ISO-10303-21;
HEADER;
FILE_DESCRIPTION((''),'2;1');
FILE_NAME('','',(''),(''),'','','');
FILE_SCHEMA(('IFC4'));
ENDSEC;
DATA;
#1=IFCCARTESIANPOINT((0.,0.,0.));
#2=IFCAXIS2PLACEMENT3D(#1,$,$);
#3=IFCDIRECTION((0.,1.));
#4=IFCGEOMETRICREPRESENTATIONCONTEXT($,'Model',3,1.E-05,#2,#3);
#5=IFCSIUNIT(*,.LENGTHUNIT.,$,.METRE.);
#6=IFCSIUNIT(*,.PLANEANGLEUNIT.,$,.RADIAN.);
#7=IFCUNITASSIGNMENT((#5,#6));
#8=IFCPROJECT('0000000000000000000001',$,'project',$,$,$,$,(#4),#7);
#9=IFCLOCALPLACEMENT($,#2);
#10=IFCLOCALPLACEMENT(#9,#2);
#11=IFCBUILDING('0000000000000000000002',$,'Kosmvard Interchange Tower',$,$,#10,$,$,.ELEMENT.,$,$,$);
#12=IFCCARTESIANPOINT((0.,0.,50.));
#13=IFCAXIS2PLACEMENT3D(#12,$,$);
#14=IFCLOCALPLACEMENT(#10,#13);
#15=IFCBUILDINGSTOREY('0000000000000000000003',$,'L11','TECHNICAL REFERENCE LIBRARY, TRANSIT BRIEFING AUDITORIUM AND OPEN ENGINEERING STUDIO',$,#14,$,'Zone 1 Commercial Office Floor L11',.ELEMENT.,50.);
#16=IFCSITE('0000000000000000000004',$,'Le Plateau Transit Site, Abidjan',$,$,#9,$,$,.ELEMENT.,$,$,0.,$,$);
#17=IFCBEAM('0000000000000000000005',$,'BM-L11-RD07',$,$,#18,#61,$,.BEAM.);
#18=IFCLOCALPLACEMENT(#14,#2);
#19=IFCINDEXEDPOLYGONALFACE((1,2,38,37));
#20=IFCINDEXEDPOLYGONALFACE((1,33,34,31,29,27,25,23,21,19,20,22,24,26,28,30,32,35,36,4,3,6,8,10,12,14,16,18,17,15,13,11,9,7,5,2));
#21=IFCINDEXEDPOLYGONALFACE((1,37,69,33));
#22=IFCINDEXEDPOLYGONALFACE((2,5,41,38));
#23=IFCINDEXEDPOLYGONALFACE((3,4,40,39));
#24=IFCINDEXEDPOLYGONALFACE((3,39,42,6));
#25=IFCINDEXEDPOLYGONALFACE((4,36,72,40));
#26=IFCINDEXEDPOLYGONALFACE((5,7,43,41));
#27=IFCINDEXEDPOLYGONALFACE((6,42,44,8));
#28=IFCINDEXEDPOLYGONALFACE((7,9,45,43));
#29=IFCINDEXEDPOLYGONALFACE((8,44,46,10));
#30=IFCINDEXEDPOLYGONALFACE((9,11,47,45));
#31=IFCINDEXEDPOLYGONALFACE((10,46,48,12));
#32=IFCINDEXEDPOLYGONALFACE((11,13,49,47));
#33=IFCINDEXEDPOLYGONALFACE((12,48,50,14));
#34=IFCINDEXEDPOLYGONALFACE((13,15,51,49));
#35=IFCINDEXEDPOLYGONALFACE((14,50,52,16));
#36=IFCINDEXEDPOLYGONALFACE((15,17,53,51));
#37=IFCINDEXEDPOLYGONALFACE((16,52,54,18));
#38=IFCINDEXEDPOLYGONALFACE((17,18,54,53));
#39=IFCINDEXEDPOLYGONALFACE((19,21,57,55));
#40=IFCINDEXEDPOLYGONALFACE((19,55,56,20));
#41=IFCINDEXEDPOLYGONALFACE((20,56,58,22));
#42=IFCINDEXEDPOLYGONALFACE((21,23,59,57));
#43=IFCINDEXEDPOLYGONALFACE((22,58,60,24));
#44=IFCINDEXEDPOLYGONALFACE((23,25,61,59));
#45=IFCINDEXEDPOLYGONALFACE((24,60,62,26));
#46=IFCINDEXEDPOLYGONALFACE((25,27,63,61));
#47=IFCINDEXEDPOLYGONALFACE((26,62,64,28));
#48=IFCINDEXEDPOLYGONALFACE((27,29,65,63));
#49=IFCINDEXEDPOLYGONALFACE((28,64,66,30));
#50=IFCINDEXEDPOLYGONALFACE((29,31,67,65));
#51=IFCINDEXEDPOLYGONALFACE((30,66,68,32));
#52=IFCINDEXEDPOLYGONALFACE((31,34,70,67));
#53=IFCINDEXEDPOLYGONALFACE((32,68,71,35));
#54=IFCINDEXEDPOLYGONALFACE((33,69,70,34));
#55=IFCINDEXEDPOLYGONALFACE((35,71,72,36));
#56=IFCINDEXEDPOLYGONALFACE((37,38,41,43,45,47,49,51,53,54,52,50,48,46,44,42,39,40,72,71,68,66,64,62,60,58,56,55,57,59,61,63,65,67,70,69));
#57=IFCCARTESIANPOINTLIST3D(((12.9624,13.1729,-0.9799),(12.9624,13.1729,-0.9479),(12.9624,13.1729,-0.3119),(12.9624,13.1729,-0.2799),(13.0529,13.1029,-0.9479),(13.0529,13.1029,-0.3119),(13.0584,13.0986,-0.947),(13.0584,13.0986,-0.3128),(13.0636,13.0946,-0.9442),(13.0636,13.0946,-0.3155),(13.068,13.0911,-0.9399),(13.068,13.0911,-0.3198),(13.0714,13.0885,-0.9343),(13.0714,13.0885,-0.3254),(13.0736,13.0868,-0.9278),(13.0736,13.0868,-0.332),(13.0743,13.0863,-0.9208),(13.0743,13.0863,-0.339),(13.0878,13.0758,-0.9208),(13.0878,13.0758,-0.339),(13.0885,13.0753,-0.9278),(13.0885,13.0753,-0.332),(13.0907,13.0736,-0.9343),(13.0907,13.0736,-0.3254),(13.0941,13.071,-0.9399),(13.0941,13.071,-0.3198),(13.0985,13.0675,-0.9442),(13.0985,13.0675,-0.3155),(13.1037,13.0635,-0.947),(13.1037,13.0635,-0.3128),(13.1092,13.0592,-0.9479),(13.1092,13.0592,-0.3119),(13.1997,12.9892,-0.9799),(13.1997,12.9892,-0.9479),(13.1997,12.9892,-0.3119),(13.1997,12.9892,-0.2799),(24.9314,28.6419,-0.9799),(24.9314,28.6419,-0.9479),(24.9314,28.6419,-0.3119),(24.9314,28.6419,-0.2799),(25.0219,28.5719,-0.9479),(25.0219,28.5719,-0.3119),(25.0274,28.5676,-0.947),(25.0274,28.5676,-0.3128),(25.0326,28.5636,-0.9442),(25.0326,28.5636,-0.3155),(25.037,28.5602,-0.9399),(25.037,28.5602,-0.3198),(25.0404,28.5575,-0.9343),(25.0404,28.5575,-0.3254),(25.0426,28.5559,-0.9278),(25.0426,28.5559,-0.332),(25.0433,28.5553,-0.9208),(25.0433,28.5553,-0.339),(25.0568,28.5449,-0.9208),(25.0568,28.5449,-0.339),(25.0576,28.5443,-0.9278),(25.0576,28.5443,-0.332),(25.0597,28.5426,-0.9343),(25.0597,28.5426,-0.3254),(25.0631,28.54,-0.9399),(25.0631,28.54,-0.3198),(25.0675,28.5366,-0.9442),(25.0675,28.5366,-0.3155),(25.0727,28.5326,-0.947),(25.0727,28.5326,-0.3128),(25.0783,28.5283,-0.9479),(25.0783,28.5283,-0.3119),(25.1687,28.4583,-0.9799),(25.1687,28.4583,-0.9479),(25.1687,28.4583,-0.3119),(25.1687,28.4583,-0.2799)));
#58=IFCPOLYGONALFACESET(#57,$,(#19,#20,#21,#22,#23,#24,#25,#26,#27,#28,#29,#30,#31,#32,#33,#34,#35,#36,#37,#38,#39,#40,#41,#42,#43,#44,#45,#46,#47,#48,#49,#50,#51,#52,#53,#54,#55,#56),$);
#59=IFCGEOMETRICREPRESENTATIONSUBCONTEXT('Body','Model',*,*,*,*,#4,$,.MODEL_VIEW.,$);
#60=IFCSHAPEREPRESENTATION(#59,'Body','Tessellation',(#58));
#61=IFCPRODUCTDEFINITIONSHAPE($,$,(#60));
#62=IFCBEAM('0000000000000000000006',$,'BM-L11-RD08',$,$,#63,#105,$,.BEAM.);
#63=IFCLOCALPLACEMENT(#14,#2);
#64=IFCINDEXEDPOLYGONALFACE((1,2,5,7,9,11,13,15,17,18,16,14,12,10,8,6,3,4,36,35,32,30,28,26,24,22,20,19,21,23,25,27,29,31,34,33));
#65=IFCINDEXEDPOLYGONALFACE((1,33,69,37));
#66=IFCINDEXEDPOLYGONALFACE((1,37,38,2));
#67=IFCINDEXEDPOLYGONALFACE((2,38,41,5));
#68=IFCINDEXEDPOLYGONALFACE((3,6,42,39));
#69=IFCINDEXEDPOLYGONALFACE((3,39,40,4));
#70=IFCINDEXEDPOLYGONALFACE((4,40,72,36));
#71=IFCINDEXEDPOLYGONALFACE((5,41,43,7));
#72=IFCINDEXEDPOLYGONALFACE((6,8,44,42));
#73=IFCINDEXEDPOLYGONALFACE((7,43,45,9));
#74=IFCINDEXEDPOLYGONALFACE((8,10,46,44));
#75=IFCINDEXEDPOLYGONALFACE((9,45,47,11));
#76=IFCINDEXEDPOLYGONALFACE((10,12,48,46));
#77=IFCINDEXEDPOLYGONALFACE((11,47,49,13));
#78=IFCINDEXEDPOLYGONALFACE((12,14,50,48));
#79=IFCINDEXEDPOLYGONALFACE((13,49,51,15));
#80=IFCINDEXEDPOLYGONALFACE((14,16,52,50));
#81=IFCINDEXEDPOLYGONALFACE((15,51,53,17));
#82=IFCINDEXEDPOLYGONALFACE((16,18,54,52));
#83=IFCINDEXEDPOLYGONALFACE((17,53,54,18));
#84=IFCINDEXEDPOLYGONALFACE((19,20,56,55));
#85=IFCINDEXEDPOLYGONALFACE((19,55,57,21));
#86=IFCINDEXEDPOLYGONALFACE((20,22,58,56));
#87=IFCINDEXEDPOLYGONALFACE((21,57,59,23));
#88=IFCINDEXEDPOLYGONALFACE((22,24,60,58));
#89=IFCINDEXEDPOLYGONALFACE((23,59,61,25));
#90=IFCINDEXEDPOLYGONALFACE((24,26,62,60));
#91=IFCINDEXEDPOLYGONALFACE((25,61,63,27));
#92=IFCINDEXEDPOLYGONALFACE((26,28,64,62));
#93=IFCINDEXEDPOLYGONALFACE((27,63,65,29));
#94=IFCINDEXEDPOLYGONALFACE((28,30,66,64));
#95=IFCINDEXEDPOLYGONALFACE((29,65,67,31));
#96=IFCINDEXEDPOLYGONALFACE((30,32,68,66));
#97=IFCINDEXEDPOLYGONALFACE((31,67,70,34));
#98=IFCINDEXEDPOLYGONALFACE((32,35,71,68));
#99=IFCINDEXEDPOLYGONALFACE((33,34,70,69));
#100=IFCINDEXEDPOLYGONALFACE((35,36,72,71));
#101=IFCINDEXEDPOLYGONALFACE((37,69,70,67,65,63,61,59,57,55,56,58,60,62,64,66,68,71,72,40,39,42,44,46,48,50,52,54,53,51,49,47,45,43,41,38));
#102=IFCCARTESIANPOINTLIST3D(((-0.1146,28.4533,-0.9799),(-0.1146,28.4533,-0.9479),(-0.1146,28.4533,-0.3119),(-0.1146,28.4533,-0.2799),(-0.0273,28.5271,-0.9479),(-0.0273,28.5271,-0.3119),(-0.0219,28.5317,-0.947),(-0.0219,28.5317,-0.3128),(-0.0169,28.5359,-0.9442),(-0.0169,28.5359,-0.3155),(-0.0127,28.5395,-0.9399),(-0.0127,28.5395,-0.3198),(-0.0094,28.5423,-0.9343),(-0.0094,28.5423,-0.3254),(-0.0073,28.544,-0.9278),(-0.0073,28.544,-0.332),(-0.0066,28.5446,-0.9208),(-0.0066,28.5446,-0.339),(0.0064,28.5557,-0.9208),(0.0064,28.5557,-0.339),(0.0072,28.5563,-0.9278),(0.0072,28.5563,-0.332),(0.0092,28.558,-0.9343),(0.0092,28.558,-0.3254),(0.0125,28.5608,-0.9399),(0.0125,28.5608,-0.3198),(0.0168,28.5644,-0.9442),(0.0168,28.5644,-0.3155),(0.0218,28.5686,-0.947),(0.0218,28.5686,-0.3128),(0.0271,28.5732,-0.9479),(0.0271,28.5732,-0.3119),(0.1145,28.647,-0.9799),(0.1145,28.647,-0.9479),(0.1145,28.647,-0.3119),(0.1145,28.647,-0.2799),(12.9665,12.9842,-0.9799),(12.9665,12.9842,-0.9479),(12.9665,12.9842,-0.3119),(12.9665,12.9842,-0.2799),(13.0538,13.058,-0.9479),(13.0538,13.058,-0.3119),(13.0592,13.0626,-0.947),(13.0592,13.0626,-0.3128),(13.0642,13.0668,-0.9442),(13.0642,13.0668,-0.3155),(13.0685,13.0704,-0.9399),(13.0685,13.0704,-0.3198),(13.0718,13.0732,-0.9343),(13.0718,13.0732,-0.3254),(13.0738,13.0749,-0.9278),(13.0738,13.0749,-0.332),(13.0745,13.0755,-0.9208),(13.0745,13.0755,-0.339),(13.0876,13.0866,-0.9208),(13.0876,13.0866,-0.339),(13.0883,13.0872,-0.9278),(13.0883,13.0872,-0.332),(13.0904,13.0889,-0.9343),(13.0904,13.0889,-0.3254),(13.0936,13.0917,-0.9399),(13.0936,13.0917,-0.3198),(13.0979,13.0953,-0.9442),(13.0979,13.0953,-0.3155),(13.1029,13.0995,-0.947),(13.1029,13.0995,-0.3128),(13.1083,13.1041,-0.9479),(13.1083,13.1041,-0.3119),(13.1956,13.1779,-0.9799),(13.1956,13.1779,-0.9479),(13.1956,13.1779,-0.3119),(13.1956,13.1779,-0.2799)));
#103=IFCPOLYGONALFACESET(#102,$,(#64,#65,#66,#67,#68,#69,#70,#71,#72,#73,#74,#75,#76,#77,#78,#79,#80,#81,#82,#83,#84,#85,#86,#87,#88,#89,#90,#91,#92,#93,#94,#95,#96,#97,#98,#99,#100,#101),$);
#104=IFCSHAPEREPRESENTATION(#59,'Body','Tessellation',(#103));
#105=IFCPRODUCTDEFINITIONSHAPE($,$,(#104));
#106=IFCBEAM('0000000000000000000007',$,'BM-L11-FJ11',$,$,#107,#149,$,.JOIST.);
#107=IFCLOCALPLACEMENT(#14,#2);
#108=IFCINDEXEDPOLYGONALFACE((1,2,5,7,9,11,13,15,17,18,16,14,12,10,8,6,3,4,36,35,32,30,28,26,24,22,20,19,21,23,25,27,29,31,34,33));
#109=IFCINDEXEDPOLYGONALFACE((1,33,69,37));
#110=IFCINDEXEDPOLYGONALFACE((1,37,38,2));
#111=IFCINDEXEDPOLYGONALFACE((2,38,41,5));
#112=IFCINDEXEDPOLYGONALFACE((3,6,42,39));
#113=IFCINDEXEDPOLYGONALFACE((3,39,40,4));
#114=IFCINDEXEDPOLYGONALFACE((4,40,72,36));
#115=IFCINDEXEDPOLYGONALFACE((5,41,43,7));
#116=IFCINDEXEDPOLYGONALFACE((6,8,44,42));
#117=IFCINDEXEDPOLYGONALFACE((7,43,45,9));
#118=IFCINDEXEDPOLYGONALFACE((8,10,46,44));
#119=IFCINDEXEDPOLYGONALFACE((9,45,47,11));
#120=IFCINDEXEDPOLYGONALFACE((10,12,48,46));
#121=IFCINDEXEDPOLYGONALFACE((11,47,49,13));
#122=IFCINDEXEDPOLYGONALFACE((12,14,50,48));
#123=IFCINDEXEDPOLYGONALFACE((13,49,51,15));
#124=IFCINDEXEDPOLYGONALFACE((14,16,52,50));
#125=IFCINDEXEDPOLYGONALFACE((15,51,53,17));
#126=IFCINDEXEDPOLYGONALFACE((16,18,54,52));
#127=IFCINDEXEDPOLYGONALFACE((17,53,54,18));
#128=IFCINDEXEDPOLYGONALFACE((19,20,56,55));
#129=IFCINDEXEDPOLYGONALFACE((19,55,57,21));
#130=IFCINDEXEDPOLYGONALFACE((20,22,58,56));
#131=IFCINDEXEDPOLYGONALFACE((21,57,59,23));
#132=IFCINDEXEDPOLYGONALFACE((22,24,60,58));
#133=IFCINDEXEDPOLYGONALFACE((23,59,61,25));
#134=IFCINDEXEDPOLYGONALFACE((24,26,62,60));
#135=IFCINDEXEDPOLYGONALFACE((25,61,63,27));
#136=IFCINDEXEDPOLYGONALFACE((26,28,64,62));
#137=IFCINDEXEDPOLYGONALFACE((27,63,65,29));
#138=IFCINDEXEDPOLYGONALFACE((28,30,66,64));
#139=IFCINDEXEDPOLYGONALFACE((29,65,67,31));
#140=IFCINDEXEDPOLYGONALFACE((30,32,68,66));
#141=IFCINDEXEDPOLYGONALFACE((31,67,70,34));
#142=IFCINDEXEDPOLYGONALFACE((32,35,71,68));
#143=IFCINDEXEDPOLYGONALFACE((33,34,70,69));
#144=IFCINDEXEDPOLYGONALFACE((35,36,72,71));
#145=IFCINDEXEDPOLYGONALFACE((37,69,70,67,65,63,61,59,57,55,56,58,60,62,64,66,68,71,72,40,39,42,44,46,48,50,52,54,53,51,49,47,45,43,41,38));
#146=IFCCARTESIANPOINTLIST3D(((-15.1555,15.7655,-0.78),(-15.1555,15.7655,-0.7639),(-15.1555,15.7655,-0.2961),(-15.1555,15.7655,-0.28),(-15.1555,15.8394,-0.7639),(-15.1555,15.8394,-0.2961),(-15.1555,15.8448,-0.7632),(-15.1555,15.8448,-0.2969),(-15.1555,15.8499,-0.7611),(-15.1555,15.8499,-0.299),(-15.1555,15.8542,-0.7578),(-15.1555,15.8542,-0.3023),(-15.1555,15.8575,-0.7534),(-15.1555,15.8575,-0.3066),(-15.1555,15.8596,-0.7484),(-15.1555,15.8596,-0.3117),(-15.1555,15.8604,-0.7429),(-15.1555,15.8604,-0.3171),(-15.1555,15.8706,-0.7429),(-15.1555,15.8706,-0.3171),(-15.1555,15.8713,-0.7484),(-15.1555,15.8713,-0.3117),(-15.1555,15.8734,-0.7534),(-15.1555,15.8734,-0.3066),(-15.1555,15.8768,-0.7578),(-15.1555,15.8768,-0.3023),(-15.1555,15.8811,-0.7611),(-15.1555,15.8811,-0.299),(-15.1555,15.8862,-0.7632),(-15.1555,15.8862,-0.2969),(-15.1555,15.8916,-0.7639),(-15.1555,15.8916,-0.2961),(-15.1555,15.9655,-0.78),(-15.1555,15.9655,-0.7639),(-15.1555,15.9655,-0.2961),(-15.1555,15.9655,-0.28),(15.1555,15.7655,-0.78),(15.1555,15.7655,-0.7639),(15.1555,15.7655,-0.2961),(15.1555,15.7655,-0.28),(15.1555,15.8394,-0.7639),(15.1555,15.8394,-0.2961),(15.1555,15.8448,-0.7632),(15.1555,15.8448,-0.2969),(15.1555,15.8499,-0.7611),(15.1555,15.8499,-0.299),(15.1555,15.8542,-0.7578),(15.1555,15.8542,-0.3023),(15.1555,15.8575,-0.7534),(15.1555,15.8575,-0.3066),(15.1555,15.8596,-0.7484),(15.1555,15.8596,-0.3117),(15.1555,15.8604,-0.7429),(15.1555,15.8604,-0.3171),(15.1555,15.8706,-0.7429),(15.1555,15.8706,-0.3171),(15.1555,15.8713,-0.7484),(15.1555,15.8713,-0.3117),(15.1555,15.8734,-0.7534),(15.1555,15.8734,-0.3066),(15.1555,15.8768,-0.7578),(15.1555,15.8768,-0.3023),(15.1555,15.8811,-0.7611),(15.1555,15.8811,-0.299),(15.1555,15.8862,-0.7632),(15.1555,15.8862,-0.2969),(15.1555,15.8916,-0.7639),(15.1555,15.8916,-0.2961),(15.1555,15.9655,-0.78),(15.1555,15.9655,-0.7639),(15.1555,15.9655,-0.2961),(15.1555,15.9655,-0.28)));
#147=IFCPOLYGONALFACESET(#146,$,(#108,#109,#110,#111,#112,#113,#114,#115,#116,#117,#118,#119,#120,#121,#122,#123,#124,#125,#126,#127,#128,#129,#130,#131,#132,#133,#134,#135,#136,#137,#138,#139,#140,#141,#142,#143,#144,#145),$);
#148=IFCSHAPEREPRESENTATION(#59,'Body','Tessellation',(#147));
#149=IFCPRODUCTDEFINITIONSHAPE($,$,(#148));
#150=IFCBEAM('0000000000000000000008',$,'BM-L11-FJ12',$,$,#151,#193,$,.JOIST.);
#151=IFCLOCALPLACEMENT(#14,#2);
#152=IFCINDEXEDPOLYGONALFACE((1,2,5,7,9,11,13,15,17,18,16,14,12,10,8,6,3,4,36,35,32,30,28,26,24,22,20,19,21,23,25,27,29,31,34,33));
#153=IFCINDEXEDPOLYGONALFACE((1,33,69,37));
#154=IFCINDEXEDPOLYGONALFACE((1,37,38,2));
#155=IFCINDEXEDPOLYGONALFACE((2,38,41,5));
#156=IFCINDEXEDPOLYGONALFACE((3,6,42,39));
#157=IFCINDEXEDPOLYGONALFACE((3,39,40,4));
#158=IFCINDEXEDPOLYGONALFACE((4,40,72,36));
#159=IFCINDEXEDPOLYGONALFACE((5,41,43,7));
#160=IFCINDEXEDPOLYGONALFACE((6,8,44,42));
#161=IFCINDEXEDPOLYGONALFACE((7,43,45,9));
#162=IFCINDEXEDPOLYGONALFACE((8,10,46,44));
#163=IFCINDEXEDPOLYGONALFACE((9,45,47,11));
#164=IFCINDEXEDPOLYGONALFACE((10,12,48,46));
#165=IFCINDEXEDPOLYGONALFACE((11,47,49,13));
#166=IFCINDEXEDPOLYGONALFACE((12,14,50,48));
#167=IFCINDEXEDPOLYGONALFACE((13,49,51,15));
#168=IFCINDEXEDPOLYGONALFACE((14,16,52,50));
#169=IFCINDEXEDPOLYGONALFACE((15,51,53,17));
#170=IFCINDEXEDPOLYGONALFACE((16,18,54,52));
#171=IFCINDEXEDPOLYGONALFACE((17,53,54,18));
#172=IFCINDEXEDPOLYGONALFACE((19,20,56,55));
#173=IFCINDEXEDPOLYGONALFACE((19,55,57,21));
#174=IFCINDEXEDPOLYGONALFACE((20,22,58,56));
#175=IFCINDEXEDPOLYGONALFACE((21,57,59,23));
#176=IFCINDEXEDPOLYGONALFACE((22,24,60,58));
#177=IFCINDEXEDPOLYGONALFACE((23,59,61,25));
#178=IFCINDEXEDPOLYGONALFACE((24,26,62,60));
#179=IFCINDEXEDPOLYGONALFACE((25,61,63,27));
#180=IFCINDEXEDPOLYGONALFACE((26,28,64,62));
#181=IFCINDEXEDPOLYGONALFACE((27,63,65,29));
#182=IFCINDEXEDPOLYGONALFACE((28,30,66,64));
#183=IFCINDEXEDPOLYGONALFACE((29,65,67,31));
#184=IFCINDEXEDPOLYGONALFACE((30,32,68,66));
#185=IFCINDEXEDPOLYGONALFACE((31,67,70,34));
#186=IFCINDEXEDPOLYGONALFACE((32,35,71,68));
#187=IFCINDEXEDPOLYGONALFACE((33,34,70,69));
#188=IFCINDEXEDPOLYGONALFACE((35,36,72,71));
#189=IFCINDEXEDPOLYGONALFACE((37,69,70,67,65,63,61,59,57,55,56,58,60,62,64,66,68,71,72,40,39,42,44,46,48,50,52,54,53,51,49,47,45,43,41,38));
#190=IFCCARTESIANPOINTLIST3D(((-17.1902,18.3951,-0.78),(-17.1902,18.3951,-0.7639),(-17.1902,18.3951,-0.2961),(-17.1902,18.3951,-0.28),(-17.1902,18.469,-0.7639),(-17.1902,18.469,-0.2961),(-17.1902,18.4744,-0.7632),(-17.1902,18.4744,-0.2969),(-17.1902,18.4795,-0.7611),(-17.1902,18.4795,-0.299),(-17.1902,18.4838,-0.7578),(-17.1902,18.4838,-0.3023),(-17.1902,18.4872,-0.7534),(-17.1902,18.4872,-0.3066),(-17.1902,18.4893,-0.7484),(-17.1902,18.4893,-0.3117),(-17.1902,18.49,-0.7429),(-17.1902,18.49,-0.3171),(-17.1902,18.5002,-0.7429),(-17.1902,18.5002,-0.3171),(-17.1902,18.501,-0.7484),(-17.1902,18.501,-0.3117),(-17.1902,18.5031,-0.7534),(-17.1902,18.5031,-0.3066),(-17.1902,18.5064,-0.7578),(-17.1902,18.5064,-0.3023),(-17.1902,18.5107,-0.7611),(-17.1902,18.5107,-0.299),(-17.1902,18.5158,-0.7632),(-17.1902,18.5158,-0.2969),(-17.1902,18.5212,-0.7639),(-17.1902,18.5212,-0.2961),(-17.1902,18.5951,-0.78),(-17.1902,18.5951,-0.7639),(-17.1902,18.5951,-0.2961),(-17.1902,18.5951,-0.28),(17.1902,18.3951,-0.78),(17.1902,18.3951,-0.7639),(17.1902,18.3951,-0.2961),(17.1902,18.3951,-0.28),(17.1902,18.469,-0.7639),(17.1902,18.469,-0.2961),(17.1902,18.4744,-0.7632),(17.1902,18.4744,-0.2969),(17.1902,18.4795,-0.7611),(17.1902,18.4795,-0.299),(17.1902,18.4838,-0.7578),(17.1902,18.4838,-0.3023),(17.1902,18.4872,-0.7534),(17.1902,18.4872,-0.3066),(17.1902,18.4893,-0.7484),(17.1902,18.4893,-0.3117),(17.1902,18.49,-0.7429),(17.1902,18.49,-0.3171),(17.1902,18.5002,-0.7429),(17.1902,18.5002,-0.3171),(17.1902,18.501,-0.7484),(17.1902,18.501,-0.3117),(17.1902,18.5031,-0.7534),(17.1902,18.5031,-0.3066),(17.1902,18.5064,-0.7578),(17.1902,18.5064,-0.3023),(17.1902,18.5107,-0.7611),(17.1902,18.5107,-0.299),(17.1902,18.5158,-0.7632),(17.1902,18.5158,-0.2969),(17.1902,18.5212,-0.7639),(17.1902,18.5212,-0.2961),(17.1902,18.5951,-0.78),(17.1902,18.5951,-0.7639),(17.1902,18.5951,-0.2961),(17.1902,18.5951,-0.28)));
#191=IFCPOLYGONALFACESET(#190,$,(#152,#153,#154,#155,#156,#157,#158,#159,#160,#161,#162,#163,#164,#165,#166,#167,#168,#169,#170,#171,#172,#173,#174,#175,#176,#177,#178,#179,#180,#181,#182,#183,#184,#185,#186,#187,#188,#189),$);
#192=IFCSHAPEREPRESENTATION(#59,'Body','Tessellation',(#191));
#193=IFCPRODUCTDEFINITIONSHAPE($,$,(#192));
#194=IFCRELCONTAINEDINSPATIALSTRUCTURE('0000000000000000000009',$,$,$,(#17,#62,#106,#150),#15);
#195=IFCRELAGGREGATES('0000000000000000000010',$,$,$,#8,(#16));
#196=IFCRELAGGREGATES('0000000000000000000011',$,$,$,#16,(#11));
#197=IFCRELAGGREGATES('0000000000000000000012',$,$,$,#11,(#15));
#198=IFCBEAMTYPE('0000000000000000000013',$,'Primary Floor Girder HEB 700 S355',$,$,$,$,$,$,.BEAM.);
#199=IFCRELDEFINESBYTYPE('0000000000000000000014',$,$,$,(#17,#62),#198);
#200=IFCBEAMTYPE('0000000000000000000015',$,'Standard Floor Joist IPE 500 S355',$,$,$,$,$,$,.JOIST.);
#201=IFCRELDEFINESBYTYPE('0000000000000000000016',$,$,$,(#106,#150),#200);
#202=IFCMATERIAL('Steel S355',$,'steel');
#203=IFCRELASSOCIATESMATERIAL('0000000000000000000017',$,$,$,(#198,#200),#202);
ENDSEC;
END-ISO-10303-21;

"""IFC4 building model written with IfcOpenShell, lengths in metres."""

from ifc_helpers import new_model, si_unit, direction, frame, origin, origin_2d, place, context, subcontext, project, spatial, i_section, extrude, source, transform, mapped, material, material_profile, profile_set, type_object, element, save


model = new_model("IFC4")

# Units and contexts
model_context = context("Model", 3, precision=1e-05, world=origin(), true_north=direction((0.0, 1.0)))
body_context = subcontext(model_context, "Body", "Model", "MODEL_VIEW")
ifc_project = project(units=[si_unit("LENGTHUNIT", "METRE"), si_unit("PLANEANGLEUNIT", "RADIAN")], contexts=[model_context])

# Site, building, storey
site_placement = place(None, origin())
site = spatial("IfcSite", under=ifc_project, at=site_placement, Name="Le Plateau Transit Site, Abidjan", CompositionType="ELEMENT", RefElevation=0.0)
building_placement = place(site_placement, origin())
building = spatial("IfcBuilding", under=site, at=building_placement, Name="Kosmvard Interchange Tower", CompositionType="ELEMENT")
storey_placement = place(building_placement, frame((0.0, 0.0, 50.0)))
storey = spatial("IfcBuildingStorey", under=building, at=storey_placement, Name="L11", Description="TECHNICAL REFERENCE LIBRARY, TRANSIT BRIEFING AUDITORIUM AND OPEN ENGINEERING STUDIO", LongName="Zone 1 Commercial Office Floor L11", CompositionType="ELEMENT", Elevation=50.0)

# Beams
ifc_material_1 = material(Name="Steel S355", Category="steel")
ifc_material_profile_1 = material_profile(ifc_material_1, i_section(OverallWidth=0.3, OverallDepth=0.7, WebThickness=0.0171, FlangeThickness=0.032, FilletRadius=0.0271, at=origin_2d()), Name="HEB 700")
ifc_profile_set_1 = profile_set([ifc_material_profile_1], Name="Steel S355")
beam_type_1 = type_object("IfcBeamType", Name="Primary Floor Girder HEB 700 S355", PredefinedType="BEAM", material=ifc_profile_set_1)
shared_shape_1 = source(origin(), body_context, "Body", "SweptSolid", [
    extrude(i_section(OverallWidth=0.3, OverallDepth=0.7, WebThickness=0.0171, FlangeThickness=0.032, FilletRadius=0.0271, at=origin_2d()), origin(), (0.0, 0.0, 1.0), 19.5588),
])
for number, where, z_axis, x_axis, name in (
    (1, (13.0811, 13.0811, -0.6299), (0.611949, 0.790897, 0.0), (-0.790897, 0.611949, 0.0), "BM-L11-RD07"),
):
    element("IfcBeam", number, at=place(storey_placement, frame(where, z_axis=z_axis, x_axis=x_axis)), inside=storey, type_object=beam_type_1, Name=name, PredefinedType="BEAM", context=body_context, shape_type="MappedRepresentation", body=[
        mapped(shared_shape_1, transform((0.0, 0.0, 0.0), scale=1.0)),
    ])
shared_shape_2 = source(origin(), body_context, "Body", "SweptSolid", [
    extrude(i_section(OverallWidth=0.3, OverallDepth=0.7, WebThickness=0.0171, FlangeThickness=0.032, FilletRadius=0.0271, at=origin_2d()), origin(), (0.0, 0.0, 1.0), 20.2585),
])
beam_1_placement = place(storey_placement, frame((13.0811, 13.0811, -0.6299), z_axis=(-0.645709, 0.763583, 0.0), x_axis=(-0.763583, -0.645709, 0.0)))
element("IfcBeam", 2, at=beam_1_placement, inside=storey, type_object=beam_type_1, Name="BM-L11-RD08", PredefinedType="BEAM", context=body_context, shape_type="MappedRepresentation", body=[
    mapped(shared_shape_2, transform((0.0, 0.0, 0.0), scale=1.0)),
])
ifc_material_profile_2 = material_profile(ifc_material_1, i_section(OverallWidth=0.2, OverallDepth=0.5, WebThickness=0.0103, FlangeThickness=0.0161, FilletRadius=0.021, at=origin_2d()), Name="IPE 500")
ifc_profile_set_2 = profile_set([ifc_material_profile_2], Name="Steel S355")
beam_type_2 = type_object("IfcBeamType", Name="Standard Floor Joist IPE 500 S355", PredefinedType="JOIST", material=ifc_profile_set_2)
shared_shape_3 = source(origin(), body_context, "Body", "SweptSolid", [
    extrude(i_section(OverallWidth=0.2, OverallDepth=0.5, WebThickness=0.0103, FlangeThickness=0.0161, FilletRadius=0.021, at=origin_2d()), origin(), (0.0, 0.0, 1.0), 30.311),
])
beam_2_placement = place(storey_placement, frame((15.1555, 15.8655, -0.53), z_axis=(-1.0, 0.0, 0.0), x_axis=(0.0, -1.0, 0.0)))
element("IfcBeam", 3, at=beam_2_placement, inside=storey, type_object=beam_type_2, Name="BM-L11-FJ11", PredefinedType="JOIST", context=body_context, shape_type="MappedRepresentation", body=[
    mapped(shared_shape_3, transform((0.0, 0.0, 0.0), scale=1.0)),
])
shared_shape_4 = source(origin(), body_context, "Body", "SweptSolid", [
    extrude(i_section(OverallWidth=0.2, OverallDepth=0.5, WebThickness=0.0103, FlangeThickness=0.0161, FilletRadius=0.021, at=origin_2d()), origin(), (0.0, 0.0, 1.0), 34.3804),
])
beam_3_placement = place(storey_placement, frame((17.1902, 18.4951, -0.53), z_axis=(-1.0, 0.0, 0.0), x_axis=(0.0, -1.0, 0.0)))
element("IfcBeam", 4, at=beam_3_placement, inside=storey, type_object=beam_type_2, Name="BM-L11-FJ12", PredefinedType="JOIST", context=body_context, shape_type="MappedRepresentation", body=[
    mapped(shared_shape_4, transform((0.0, 0.0, 0.0), scale=1.0)),
])

save(model, "model.ifc")
